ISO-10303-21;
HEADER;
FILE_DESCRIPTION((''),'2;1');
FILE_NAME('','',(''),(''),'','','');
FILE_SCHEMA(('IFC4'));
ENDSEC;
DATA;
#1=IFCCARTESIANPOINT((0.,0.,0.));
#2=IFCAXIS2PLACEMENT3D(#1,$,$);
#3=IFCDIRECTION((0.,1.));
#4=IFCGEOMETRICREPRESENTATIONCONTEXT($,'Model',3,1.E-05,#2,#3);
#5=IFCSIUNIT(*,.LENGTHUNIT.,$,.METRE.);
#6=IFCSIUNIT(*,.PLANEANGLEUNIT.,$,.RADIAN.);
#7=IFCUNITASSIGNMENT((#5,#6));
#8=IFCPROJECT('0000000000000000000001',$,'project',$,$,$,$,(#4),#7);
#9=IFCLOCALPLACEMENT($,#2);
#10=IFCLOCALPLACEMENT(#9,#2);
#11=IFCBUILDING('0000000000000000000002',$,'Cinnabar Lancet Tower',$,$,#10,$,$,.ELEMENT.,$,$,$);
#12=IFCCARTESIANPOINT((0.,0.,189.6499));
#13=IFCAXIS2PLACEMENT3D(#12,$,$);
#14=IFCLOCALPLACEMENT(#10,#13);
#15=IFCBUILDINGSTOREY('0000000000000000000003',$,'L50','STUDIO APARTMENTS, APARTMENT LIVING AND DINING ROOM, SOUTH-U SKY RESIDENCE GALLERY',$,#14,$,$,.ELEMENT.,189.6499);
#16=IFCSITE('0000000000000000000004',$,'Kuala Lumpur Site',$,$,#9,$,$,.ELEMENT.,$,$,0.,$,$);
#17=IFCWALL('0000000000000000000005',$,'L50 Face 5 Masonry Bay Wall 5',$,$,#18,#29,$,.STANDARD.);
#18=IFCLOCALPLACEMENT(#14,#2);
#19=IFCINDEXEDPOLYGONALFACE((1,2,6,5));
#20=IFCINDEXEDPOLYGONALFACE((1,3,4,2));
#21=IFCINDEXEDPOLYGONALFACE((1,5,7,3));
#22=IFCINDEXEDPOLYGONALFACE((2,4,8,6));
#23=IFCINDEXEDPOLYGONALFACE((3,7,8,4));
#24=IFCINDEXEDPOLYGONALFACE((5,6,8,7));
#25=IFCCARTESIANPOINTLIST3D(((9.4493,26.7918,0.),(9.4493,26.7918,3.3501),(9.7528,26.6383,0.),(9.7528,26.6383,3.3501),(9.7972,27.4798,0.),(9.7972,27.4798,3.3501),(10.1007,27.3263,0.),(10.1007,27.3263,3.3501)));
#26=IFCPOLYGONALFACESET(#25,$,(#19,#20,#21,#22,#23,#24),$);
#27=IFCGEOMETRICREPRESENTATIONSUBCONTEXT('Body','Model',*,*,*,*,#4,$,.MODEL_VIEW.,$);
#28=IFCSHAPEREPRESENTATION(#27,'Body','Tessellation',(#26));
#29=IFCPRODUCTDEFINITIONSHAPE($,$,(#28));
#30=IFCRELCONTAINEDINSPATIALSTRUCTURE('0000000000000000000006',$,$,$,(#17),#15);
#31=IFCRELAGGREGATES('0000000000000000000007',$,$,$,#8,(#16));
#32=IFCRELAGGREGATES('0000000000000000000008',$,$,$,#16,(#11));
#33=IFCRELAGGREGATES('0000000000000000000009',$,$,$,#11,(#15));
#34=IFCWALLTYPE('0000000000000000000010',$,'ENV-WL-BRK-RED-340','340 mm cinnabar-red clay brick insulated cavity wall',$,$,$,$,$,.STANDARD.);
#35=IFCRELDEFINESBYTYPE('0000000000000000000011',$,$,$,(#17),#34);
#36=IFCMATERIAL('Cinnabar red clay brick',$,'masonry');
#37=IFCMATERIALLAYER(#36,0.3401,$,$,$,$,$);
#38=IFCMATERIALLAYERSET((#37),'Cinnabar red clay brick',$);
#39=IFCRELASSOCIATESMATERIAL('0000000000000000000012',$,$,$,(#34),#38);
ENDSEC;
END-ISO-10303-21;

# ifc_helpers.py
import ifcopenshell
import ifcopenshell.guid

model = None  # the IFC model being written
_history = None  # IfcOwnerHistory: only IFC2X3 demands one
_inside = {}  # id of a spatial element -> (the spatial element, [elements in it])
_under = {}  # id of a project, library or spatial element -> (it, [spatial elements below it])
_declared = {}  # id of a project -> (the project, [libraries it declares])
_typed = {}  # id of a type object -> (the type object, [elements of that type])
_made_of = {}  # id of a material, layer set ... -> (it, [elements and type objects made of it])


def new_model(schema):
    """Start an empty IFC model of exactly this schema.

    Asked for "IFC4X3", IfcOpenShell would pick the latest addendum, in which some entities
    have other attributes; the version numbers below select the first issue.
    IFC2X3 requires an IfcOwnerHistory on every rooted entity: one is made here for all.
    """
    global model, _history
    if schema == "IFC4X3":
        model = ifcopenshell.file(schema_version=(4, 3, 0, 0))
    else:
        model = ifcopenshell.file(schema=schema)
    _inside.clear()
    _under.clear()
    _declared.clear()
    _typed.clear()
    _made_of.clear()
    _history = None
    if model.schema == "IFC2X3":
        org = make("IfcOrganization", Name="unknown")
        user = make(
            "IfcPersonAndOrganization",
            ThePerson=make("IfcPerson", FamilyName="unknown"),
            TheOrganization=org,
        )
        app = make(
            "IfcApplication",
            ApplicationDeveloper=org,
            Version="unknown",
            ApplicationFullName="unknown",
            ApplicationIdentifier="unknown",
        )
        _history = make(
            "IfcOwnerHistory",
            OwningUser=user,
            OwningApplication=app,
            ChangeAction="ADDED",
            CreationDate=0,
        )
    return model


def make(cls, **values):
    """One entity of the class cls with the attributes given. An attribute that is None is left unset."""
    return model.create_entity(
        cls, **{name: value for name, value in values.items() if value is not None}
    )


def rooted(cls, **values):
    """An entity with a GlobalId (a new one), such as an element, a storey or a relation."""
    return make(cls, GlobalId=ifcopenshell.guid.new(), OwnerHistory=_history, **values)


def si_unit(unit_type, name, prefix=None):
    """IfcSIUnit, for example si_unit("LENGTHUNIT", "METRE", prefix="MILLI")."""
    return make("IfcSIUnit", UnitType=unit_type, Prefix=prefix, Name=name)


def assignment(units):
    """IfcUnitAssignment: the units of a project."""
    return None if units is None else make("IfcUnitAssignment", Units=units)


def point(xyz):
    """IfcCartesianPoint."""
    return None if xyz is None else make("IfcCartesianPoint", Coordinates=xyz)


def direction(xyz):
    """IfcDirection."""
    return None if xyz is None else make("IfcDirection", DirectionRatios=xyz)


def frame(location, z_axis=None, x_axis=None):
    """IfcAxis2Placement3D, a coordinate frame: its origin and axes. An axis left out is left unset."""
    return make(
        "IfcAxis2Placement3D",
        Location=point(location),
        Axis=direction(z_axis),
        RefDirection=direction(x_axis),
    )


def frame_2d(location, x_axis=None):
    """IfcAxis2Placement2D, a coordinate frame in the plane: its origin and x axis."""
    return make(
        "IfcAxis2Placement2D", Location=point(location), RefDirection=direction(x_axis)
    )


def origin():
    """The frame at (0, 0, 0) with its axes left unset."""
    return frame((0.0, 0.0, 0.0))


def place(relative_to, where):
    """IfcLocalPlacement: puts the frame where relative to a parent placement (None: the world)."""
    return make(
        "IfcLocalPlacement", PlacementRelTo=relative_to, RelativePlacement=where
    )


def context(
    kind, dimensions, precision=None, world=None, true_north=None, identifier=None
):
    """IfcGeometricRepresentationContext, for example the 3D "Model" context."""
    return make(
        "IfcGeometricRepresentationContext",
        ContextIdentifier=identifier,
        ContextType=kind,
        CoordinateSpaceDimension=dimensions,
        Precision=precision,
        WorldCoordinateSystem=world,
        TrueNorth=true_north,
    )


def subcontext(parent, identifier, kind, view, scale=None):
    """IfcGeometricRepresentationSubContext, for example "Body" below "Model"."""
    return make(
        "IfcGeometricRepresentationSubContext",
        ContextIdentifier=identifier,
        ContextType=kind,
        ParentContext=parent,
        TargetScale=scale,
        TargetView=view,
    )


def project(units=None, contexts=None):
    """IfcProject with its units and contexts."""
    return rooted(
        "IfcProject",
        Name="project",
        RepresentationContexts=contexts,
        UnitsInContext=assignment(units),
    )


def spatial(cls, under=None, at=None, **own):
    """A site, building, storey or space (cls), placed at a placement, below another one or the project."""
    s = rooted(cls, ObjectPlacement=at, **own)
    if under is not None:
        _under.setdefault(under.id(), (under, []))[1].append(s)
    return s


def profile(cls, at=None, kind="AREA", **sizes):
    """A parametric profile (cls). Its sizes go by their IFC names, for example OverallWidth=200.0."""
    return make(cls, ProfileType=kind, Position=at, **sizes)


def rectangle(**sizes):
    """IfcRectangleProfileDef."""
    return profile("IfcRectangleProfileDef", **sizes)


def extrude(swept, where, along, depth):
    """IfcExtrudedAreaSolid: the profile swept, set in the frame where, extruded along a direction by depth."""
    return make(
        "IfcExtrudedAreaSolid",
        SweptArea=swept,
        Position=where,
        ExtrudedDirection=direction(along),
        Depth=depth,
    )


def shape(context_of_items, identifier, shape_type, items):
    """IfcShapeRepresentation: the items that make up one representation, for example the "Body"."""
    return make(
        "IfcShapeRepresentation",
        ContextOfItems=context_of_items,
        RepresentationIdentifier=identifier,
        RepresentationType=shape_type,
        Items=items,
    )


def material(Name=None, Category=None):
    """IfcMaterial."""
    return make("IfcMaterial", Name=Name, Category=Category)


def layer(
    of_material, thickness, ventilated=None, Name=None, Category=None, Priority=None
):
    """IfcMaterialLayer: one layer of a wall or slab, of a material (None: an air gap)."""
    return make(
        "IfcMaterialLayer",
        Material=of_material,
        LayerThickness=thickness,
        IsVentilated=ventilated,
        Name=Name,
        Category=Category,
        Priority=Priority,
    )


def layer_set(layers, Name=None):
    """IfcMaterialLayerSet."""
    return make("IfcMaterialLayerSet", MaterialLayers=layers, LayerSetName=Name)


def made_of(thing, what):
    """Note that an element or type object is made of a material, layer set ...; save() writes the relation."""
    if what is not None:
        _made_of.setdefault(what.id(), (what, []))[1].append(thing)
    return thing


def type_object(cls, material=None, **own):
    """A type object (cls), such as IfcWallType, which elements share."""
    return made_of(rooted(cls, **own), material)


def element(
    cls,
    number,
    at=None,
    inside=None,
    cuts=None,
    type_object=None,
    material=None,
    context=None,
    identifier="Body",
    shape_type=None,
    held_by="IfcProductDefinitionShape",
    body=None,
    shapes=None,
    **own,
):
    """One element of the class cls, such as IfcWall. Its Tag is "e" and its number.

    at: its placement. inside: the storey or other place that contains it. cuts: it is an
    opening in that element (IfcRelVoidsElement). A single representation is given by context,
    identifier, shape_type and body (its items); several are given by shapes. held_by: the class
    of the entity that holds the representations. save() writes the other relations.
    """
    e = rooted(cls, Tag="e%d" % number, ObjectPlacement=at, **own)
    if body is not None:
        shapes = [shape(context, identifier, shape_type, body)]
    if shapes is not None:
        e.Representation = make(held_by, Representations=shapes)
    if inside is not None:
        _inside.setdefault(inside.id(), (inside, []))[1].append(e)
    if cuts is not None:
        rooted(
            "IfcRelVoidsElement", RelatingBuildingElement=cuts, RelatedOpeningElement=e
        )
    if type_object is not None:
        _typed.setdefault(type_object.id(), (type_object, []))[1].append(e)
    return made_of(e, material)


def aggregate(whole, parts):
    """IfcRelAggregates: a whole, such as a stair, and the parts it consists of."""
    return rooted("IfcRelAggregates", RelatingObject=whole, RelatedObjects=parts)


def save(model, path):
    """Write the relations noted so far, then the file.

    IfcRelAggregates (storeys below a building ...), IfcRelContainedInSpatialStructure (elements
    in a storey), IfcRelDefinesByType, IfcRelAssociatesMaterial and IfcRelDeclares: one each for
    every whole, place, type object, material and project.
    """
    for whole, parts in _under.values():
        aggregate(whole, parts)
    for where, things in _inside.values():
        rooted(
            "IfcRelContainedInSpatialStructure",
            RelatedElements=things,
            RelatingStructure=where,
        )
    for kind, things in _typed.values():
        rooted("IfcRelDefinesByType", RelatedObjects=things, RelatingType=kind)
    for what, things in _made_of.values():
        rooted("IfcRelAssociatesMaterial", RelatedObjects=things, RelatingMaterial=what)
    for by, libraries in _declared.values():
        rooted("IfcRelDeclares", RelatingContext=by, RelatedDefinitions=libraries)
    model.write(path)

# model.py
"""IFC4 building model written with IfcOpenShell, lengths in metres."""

from ifc_helpers import new_model, si_unit, direction, frame, frame_2d, origin, place, context, subcontext, project, spatial, rectangle, extrude, material, layer, layer_set, type_object, element, save


model = new_model("IFC4")

# Units and contexts
model_context = context("Model", 3, precision=1e-05, world=origin(), true_north=direction((0.0, 1.0)))
body_context = subcontext(model_context, "Body", "Model", "MODEL_VIEW")
ifc_project = project(units=[si_unit("LENGTHUNIT", "METRE"), si_unit("PLANEANGLEUNIT", "RADIAN")], contexts=[model_context])

# Site, building, storey
site_placement = place(None, origin())
site = spatial("IfcSite", under=ifc_project, at=site_placement, Name="Kuala Lumpur Site", CompositionType="ELEMENT", RefElevation=0.0)
building_placement = place(site_placement, origin())
building = spatial("IfcBuilding", under=site, at=building_placement, Name="Cinnabar Lancet Tower", CompositionType="ELEMENT")
storey_placement = place(building_placement, frame((0.0, 0.0, 189.6499)))
storey = spatial("IfcBuildingStorey", under=building, at=storey_placement, Name="L50", Description="STUDIO APARTMENTS, APARTMENT LIVING AND DINING ROOM, SOUTH-U SKY RESIDENCE GALLERY", CompositionType="ELEMENT", Elevation=189.6499)

# Shared definitions
ifc_material_1 = material(Name="Cinnabar red clay brick", Category="masonry")
ifc_layer_1 = layer(ifc_material_1, 0.3401)
ifc_layer_set_1 = layer_set([ifc_layer_1], Name="Cinnabar red clay brick")
wall_type_1 = type_object("IfcWallType", Name="ENV-WL-BRK-RED-340", Description="340 mm cinnabar-red clay brick insulated cavity wall", PredefinedType="STANDARD", material=ifc_layer_set_1)

# Wall
wall_1_placement = place(storey_placement, frame((9.949, 27.4031, 0.0), z_axis=(0.0, 0.0, 1.0), x_axis=(-0.451262, -0.892391, 0.0)))
element("IfcWall", 1, at=wall_1_placement, inside=storey, type_object=wall_type_1, Name="L50 Face 5 Masonry Bay Wall 5", PredefinedType="STANDARD", context=body_context, shape_type="SweptSolid", body=[
    extrude(rectangle(XDim=0.771, YDim=0.3401, at=frame_2d((0.3855, 0.0))), origin(), (0.0, 0.0, 1.0), 3.3501),
])

save(model, "model.ifc")
